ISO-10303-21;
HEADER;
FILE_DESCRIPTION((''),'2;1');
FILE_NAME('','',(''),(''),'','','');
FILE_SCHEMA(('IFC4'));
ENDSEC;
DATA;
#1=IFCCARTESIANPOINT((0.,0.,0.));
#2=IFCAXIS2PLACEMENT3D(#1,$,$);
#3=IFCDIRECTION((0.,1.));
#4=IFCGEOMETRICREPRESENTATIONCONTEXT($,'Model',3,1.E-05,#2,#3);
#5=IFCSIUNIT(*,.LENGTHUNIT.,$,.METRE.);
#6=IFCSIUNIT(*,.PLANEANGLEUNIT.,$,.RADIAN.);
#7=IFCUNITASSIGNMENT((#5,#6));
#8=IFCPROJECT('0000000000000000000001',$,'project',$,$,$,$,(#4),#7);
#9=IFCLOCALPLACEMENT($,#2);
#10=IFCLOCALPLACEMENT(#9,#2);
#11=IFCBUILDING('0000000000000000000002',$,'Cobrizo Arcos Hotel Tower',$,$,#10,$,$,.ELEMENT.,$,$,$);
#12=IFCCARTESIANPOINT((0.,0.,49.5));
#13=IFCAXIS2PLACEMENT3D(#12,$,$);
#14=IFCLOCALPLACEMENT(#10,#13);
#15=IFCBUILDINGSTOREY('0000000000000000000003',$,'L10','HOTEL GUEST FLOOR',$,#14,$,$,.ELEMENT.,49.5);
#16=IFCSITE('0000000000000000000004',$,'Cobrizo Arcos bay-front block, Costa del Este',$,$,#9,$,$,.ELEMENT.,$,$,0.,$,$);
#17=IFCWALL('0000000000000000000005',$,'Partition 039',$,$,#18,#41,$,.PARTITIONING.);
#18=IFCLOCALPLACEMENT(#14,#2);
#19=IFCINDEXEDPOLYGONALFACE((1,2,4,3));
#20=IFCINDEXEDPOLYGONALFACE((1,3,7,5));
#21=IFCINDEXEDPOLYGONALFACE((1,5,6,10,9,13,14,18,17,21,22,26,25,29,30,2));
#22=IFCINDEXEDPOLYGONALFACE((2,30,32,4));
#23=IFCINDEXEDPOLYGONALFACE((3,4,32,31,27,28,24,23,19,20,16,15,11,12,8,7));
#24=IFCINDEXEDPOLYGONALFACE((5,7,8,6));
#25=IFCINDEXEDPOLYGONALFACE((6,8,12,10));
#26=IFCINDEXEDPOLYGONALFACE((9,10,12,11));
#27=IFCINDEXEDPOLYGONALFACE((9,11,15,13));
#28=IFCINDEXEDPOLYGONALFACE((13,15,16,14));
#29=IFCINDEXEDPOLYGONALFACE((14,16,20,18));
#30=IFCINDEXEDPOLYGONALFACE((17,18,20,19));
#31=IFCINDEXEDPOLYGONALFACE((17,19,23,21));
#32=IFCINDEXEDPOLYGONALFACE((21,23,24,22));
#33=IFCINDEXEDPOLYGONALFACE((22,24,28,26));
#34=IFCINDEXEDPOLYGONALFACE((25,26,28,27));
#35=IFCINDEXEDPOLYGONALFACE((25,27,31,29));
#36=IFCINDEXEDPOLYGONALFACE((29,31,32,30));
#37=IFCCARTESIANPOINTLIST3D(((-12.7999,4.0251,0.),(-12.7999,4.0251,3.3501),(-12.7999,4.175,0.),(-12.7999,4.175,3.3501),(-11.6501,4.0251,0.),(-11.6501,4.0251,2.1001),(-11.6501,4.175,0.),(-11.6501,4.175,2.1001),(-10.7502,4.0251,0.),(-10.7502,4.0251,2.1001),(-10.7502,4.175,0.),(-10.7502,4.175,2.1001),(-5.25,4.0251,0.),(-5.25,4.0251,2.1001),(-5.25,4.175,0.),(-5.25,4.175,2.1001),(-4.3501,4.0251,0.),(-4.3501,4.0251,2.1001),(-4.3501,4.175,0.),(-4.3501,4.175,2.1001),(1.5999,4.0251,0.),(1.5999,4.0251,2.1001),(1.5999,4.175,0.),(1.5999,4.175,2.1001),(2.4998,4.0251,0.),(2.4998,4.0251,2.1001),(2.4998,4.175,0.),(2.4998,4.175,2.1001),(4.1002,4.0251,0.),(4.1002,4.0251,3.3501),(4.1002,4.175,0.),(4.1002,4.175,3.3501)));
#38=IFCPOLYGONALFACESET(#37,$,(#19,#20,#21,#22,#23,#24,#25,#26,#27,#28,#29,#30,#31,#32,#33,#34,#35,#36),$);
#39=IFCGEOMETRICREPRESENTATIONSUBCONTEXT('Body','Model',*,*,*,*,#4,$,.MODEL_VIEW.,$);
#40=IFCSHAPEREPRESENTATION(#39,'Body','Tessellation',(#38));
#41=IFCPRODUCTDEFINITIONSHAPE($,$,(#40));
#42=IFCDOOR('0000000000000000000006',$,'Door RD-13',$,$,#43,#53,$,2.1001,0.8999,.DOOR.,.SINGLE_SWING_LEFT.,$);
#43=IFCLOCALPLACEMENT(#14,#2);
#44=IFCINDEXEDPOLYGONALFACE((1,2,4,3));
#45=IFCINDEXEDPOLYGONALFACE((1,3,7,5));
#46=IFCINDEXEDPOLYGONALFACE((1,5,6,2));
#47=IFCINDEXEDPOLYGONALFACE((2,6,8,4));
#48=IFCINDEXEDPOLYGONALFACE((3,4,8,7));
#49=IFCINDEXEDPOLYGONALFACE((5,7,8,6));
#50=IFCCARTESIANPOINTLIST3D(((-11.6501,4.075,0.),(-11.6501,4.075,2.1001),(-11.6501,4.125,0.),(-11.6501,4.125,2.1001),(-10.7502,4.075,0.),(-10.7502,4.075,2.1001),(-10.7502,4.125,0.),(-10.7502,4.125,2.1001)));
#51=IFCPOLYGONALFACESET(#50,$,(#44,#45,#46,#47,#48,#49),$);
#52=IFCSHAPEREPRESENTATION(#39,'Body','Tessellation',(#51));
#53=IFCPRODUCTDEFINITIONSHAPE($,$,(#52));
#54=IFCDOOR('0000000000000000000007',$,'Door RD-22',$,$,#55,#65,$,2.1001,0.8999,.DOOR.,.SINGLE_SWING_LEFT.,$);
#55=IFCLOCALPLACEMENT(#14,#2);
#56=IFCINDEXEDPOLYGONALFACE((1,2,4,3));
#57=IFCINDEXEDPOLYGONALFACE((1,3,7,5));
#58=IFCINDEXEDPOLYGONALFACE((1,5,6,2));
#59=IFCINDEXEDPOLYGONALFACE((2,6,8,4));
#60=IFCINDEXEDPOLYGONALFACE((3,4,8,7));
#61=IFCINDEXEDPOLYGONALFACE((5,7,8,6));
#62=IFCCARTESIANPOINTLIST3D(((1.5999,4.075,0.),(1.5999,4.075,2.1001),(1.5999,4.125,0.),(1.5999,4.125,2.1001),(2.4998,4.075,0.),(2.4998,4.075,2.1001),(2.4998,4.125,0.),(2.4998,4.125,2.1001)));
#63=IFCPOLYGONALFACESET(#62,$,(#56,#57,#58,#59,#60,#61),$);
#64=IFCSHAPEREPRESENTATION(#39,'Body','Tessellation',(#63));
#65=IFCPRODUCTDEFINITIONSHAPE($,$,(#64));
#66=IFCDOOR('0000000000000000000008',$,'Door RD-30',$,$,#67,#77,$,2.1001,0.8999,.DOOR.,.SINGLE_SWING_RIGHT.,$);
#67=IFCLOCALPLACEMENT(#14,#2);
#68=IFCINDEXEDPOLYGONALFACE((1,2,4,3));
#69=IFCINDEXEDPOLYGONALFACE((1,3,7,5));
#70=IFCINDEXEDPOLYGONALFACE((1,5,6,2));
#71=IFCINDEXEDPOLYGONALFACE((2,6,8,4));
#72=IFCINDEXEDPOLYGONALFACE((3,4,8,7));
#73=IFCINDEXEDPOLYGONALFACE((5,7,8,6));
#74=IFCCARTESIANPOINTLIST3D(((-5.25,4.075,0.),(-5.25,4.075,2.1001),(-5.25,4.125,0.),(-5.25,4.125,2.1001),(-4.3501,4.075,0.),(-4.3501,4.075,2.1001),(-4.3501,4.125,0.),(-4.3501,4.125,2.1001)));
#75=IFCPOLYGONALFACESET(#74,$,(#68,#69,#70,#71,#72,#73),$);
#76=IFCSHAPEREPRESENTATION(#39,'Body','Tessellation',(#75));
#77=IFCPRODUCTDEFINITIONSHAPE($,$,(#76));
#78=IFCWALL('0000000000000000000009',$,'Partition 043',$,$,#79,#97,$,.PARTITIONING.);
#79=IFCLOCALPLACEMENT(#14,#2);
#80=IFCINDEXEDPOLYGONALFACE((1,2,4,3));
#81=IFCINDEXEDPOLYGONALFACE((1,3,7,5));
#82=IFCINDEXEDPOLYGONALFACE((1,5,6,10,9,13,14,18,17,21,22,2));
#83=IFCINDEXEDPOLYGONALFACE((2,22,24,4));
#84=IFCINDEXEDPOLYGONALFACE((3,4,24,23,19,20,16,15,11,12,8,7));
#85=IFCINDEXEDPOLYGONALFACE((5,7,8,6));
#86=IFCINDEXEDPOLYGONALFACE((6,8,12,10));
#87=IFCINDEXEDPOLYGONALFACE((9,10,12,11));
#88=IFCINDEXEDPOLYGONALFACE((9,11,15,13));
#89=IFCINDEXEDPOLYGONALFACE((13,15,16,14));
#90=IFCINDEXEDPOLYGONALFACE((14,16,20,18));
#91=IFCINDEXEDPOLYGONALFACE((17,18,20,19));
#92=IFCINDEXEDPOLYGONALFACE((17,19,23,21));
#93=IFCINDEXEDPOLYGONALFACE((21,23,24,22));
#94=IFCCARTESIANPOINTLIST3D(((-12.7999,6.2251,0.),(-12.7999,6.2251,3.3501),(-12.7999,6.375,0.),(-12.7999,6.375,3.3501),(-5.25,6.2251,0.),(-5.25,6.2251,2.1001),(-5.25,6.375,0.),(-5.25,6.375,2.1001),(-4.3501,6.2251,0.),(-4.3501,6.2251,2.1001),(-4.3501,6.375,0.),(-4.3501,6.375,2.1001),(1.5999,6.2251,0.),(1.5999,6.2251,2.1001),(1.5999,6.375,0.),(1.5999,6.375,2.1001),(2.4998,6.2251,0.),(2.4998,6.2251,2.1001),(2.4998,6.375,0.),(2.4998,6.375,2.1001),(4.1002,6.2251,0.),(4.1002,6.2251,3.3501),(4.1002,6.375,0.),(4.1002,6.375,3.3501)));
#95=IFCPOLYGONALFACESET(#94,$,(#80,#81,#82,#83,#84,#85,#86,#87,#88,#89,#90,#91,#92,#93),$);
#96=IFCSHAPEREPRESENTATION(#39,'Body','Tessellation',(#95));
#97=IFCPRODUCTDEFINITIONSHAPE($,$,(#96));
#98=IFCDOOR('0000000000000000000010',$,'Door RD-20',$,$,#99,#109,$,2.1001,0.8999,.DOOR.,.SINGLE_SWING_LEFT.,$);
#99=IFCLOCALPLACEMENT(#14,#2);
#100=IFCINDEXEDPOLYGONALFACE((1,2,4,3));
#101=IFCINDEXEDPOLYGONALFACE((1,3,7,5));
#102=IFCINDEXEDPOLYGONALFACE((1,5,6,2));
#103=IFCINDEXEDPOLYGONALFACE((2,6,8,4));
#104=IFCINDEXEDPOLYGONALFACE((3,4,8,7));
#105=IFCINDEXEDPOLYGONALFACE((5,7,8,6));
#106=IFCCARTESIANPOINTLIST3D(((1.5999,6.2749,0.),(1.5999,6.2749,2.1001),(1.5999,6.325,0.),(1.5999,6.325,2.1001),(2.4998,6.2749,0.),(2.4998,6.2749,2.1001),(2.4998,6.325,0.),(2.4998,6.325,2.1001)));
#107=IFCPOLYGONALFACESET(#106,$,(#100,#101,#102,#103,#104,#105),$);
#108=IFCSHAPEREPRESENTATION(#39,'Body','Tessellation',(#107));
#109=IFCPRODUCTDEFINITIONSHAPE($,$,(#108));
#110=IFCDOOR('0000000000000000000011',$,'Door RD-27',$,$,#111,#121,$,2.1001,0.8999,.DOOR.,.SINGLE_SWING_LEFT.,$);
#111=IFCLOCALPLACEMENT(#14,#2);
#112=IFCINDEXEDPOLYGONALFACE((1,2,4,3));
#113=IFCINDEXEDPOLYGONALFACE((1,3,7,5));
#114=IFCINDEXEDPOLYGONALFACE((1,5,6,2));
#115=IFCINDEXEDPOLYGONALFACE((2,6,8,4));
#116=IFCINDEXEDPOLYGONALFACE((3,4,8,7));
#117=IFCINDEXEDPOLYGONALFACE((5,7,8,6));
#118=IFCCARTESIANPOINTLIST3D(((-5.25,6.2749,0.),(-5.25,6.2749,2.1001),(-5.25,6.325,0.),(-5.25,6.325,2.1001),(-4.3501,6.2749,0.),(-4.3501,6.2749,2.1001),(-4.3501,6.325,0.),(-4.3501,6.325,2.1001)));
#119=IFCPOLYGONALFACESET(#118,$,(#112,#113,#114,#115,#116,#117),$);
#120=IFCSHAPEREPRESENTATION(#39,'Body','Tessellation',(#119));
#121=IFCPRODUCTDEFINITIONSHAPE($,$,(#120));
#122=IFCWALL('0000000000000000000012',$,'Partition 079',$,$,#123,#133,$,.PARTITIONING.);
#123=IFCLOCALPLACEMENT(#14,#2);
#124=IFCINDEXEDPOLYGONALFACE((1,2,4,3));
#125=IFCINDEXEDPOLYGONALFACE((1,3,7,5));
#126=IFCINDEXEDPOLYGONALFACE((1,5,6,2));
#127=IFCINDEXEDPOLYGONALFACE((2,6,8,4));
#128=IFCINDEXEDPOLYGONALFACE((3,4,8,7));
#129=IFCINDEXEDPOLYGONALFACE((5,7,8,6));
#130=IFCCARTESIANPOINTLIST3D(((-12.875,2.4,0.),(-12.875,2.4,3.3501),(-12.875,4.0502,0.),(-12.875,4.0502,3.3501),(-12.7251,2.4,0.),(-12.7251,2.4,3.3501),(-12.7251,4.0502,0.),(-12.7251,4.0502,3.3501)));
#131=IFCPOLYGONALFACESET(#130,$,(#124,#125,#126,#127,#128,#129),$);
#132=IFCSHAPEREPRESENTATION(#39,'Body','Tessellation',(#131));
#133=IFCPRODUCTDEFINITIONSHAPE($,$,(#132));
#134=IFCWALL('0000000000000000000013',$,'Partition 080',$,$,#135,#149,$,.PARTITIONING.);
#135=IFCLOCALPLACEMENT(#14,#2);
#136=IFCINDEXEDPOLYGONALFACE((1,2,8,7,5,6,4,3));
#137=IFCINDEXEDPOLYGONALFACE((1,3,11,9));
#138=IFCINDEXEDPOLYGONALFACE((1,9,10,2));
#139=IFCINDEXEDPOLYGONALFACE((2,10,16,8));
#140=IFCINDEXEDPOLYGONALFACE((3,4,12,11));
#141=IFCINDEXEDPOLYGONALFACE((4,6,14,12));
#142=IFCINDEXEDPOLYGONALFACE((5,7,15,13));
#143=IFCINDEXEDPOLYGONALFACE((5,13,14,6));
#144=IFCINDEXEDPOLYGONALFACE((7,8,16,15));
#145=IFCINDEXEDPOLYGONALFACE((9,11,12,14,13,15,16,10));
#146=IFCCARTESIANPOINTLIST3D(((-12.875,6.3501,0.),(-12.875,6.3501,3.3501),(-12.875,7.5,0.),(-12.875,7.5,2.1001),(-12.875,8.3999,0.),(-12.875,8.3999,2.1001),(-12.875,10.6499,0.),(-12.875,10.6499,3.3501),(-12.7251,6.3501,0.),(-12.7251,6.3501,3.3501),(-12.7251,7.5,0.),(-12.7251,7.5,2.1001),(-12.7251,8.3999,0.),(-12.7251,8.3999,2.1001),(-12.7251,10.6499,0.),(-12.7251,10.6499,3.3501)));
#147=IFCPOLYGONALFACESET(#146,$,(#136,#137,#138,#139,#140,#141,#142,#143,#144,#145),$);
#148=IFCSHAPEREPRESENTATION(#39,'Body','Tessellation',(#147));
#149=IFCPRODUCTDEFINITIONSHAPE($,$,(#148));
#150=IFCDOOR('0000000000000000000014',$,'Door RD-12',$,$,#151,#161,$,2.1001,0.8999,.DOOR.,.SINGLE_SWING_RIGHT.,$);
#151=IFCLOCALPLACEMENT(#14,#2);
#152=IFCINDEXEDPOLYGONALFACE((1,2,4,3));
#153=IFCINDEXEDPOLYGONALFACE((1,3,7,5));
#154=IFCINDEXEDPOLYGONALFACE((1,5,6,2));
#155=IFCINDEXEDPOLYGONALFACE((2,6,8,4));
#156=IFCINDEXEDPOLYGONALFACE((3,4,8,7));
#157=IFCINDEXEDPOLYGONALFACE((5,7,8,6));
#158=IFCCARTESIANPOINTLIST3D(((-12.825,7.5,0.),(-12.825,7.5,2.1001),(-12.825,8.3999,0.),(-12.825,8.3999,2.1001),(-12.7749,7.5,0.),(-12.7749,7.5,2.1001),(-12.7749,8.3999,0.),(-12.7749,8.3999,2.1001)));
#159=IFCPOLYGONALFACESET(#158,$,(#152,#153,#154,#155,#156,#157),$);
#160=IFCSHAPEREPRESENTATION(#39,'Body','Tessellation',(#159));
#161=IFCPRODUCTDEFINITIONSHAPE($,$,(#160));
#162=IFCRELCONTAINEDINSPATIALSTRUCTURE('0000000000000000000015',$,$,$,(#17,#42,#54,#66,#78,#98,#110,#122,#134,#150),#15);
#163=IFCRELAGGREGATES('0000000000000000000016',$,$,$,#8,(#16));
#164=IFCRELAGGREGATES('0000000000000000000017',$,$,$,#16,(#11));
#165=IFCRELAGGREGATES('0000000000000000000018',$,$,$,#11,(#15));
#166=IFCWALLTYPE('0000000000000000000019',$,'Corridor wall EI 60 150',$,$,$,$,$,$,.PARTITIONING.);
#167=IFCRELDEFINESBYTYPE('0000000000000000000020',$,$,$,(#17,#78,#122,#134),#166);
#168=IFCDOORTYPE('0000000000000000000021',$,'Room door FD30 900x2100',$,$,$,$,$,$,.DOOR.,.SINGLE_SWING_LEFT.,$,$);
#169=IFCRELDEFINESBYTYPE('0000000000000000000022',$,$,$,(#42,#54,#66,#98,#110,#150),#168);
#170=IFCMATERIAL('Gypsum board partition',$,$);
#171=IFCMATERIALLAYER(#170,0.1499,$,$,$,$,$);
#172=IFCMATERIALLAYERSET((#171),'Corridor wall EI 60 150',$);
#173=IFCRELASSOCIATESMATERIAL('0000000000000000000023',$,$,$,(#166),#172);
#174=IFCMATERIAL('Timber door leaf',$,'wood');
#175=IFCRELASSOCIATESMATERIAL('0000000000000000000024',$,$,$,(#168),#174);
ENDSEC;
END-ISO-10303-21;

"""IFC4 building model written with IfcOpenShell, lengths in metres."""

from ifc_helpers import new_model, si_unit, direction, frame, frame_2d, origin, place, context, subcontext, project, spatial, rectangle, extrude, material, layer, layer_set, type_object, element, fill, save


model = new_model("IFC4")

# Units and contexts
model_context = context("Model", 3, precision=1e-05, world=origin(), true_north=direction((0.0, 1.0)))
body_context = subcontext(model_context, "Body", "Model", "MODEL_VIEW")
ifc_project = project(units=[si_unit("LENGTHUNIT", "METRE"), si_unit("PLANEANGLEUNIT", "RADIAN")], contexts=[model_context])

# Site, building, storey
site_placement = place(None, origin())
site = spatial("IfcSite", under=ifc_project, at=site_placement, Name="Cobrizo Arcos bay-front block, Costa del Este", CompositionType="ELEMENT", RefElevation=0.0)
building_placement = place(site_placement, origin())
building = spatial("IfcBuilding", under=site, at=building_placement, Name="Cobrizo Arcos Hotel Tower", CompositionType="ELEMENT")
storey_placement = place(building_placement, frame((0.0, 0.0, 49.5)))
storey = spatial("IfcBuildingStorey", under=building, at=storey_placement, Name="L10", Description="HOTEL GUEST FLOOR", CompositionType="ELEMENT", Elevation=49.5)

# Walls, openings, doors
ifc_material_1 = material(Name="Gypsum board partition")
ifc_layer_1 = layer(ifc_material_1, 0.1499)
ifc_layer_set_1 = layer_set([ifc_layer_1], Name="Corridor wall EI 60 150")
wall_type_1 = type_object("IfcWallType", Name="Corridor wall EI 60 150", PredefinedType="PARTITIONING", material=ifc_layer_set_1)
wall_1_placement = place(storey_placement, frame((-12.8, 4.1001, 0.0), z_axis=(0.0, 0.0, 1.0), x_axis=(1.0, 0.0, 0.0)))
wall_1 = element("IfcWall", 1, at=wall_1_placement, inside=storey, type_object=wall_type_1, Name="Partition 039", PredefinedType="PARTITIONING", context=body_context, shape_type="SweptSolid", body=[
    extrude(rectangle(XDim=16.9001, YDim=0.1499, at=frame_2d((8.4502, 0.0))), origin(), (0.0, 0.0, 1.0), 3.3501),
])
opening_1_placement = place(wall_1_placement, frame((1.1499, 0.0, 0.0)))
opening_1 = element("IfcOpeningElement", 2, at=opening_1_placement, cuts=wall_1, PredefinedType="OPENING", context=body_context, shape_type="SweptSolid", body=[
    extrude(rectangle(XDim=0.8999, YDim=2.1001, at=frame_2d((0.45, 1.05))), frame((0.0, 0.0869, 0.0), z_axis=(0.0, -1.0, 0.0), x_axis=(1.0, 0.0, 0.0)), (0.0, 0.0, 1.0), 0.1738),
])
opening_2_placement = place(wall_1_placement, frame((14.3999, 0.0, 0.0)))
opening_2 = element("IfcOpeningElement", 3, at=opening_2_placement, cuts=wall_1, PredefinedType="OPENING", context=body_context, shape_type="SweptSolid", body=[
    extrude(rectangle(XDim=0.8999, YDim=2.1001, at=frame_2d((0.45, 1.05))), frame((0.0, 0.0869, 0.0), z_axis=(0.0, -1.0, 0.0), x_axis=(1.0, 0.0, 0.0)), (0.0, 0.0, 1.0), 0.1738),
])
opening_3_placement = place(wall_1_placement, frame((7.55, 0.0, 0.0)))
opening_3 = element("IfcOpeningElement", 4, at=opening_3_placement, cuts=wall_1, PredefinedType="OPENING", context=body_context, shape_type="SweptSolid", body=[
    extrude(rectangle(XDim=0.8999, YDim=2.1001, at=frame_2d((0.45, 1.05))), frame((0.0, 0.0869, 0.0), z_axis=(0.0, -1.0, 0.0), x_axis=(1.0, 0.0, 0.0)), (0.0, 0.0, 1.0), 0.1738),
])
ifc_material_2 = material(Name="Timber door leaf", Category="wood")
door_type = type_object("IfcDoorType", Name="Room door FD30 900x2100", OperationType="SINGLE_SWING_LEFT", PredefinedType="DOOR", material=ifc_material_2)
door_1_placement = place(opening_1_placement, origin())
door_1 = element("IfcDoor", 5, at=door_1_placement, inside=storey, type_object=door_type, Name="Door RD-13", OperationType="SINGLE_SWING_LEFT", OverallHeight=2.1001, OverallWidth=0.8999, PredefinedType="DOOR", context=body_context, shape_type="SweptSolid", body=[
    extrude(rectangle(XDim=0.8999, YDim=2.1001, at=frame_2d((0.45, 1.05))), frame((0.0, 0.0249, 0.0), z_axis=(0.0, -1.0, 0.0), x_axis=(1.0, 0.0, 0.0)), (0.0, 0.0, 1.0), 0.05),
])
fill(opening_1, door_1)
door_2_placement = place(opening_2_placement, origin())
door_2 = element("IfcDoor", 6, at=door_2_placement, inside=storey, type_object=door_type, Name="Door RD-22", OperationType="SINGLE_SWING_LEFT", OverallHeight=2.1001, OverallWidth=0.8999, PredefinedType="DOOR", context=body_context, shape_type="SweptSolid", body=[
    extrude(rectangle(XDim=0.8999, YDim=2.1001, at=frame_2d((0.45, 1.05))), frame((0.0, 0.0249, 0.0), z_axis=(0.0, -1.0, 0.0), x_axis=(1.0, 0.0, 0.0)), (0.0, 0.0, 1.0), 0.05),
])
fill(opening_2, door_2)
door_3_placement = place(opening_3_placement, origin())
door_3 = element("IfcDoor", 7, at=door_3_placement, inside=storey, type_object=door_type, Name="Door RD-30", OperationType="SINGLE_SWING_RIGHT", OverallHeight=2.1001, OverallWidth=0.8999, PredefinedType="DOOR", context=body_context, shape_type="SweptSolid", body=[
    extrude(rectangle(XDim=0.8999, YDim=2.1001, at=frame_2d((0.45, 1.05))), frame((0.0, 0.0249, 0.0), z_axis=(0.0, -1.0, 0.0), x_axis=(1.0, 0.0, 0.0)), (0.0, 0.0, 1.0), 0.05),
])
fill(opening_3, door_3)
wall_2_placement = place(storey_placement, frame((-12.8, 6.3, 0.0), z_axis=(0.0, 0.0, 1.0), x_axis=(1.0, 0.0, 0.0)))
wall_2 = element("IfcWall", 8, at=wall_2_placement, inside=storey, type_object=wall_type_1, Name="Partition 043", PredefinedType="PARTITIONING", context=body_context, shape_type="SweptSolid", body=[
    extrude(rectangle(XDim=16.9001, YDim=0.1499, at=frame_2d((8.4502, 0.0))), origin(), (0.0, 0.0, 1.0), 3.3501),
])
opening_4_placement = place(wall_2_placement, frame((14.3999, 0.0, 0.0)))
opening_4 = element("IfcOpeningElement", 9, at=opening_4_placement, cuts=wall_2, PredefinedType="OPENING", context=body_context, shape_type="SweptSolid", body=[
    extrude(rectangle(XDim=0.8999, YDim=2.1001, at=frame_2d((0.45, 1.05))), frame((0.0, 0.0869, 0.0), z_axis=(0.0, -1.0, 0.0), x_axis=(1.0, 0.0, 0.0)), (0.0, 0.0, 1.0), 0.1738),
])
opening_5_placement = place(wall_2_placement, frame((7.55, 0.0, 0.0)))
opening_5 = element("IfcOpeningElement", 10, at=opening_5_placement, cuts=wall_2, PredefinedType="OPENING", context=body_context, shape_type="SweptSolid", body=[
    extrude(rectangle(XDim=0.8999, YDim=2.1001, at=frame_2d((0.45, 1.05))), frame((0.0, 0.0869, 0.0), z_axis=(0.0, -1.0, 0.0), x_axis=(1.0, 0.0, 0.0)), (0.0, 0.0, 1.0), 0.1738),
])
door_4_placement = place(opening_4_placement, origin())
door_4 = element("IfcDoor", 11, at=door_4_placement, inside=storey, type_object=door_type, Name="Door RD-20", OperationType="SINGLE_SWING_LEFT", OverallHeight=2.1001, OverallWidth=0.8999, PredefinedType="DOOR", context=body_context, shape_type="SweptSolid", body=[
    extrude(rectangle(XDim=0.8999, YDim=2.1001, at=frame_2d((0.45, 1.05))), frame((0.0, 0.0249, 0.0), z_axis=(0.0, -1.0, 0.0), x_axis=(1.0, 0.0, 0.0)), (0.0, 0.0, 1.0), 0.05),
])
fill(opening_4, door_4)
door_5_placement = place(opening_5_placement, origin())
door_5 = element("IfcDoor", 12, at=door_5_placement, inside=storey, type_object=door_type, Name="Door RD-27", OperationType="SINGLE_SWING_LEFT", OverallHeight=2.1001, OverallWidth=0.8999, PredefinedType="DOOR", context=body_context, shape_type="SweptSolid", body=[
    extrude(rectangle(XDim=0.8999, YDim=2.1001, at=frame_2d((0.45, 1.05))), frame((0.0, 0.0249, 0.0), z_axis=(0.0, -1.0, 0.0), x_axis=(1.0, 0.0, 0.0)), (0.0, 0.0, 1.0), 0.05),
])
fill(opening_5, door_5)

# Wall
wall_3_placement = place(storey_placement, frame((-12.8, 2.3999, 0.0), z_axis=(0.0, 0.0, 1.0), x_axis=(0.0, 1.0, 0.0)))
element("IfcWall", 13, at=wall_3_placement, inside=storey, type_object=wall_type_1, Name="Partition 079", PredefinedType="PARTITIONING", context=body_context, shape_type="SweptSolid", body=[
    extrude(rectangle(XDim=1.6501, YDim=0.1499, at=frame_2d((0.8252, 0.0))), origin(), (0.0, 0.0, 1.0), 3.3501),
])

# Wall, opening, door
wall_4_placement = place(storey_placement, frame((-12.8, 6.3501, 0.0), z_axis=(0.0, 0.0, 1.0), x_axis=(0.0, 1.0, 0.0)))
wall_4 = element("IfcWall", 14, at=wall_4_placement, inside=storey, type_object=wall_type_1, Name="Partition 080", PredefinedType="PARTITIONING", context=body_context, shape_type="SweptSolid", body=[
    extrude(rectangle(XDim=4.2998, YDim=0.1499, at=frame_2d((2.1499, 0.0))), origin(), (0.0, 0.0, 1.0), 3.3501),
])
opening_6_placement = place(wall_4_placement, frame((1.1499, 0.0, 0.0)))
opening_6 = element("IfcOpeningElement", 15, at=opening_6_placement, cuts=wall_4, PredefinedType="OPENING", context=body_context, shape_type="SweptSolid", body=[
    extrude(rectangle(XDim=0.8999, YDim=2.1001, at=frame_2d((0.45, 1.05))), frame((0.0, 0.0869, 0.0), z_axis=(0.0, -1.0, 0.0), x_axis=(1.0, 0.0, 0.0)), (0.0, 0.0, 1.0), 0.1738),
])
door_6_placement = place(opening_6_placement, origin())
door_6 = element("IfcDoor", 16, at=door_6_placement, inside=storey, type_object=door_type, Name="Door RD-12", OperationType="SINGLE_SWING_RIGHT", OverallHeight=2.1001, OverallWidth=0.8999, PredefinedType="DOOR", context=body_context, shape_type="SweptSolid", body=[
    extrude(rectangle(XDim=0.8999, YDim=2.1001, at=frame_2d((0.45, 1.05))), frame((0.0, 0.0249, 0.0), z_axis=(0.0, -1.0, 0.0), x_axis=(1.0, 0.0, 0.0)), (0.0, 0.0, 1.0), 0.05),
])
fill(opening_6, door_6)

save(model, "model.ifc")
